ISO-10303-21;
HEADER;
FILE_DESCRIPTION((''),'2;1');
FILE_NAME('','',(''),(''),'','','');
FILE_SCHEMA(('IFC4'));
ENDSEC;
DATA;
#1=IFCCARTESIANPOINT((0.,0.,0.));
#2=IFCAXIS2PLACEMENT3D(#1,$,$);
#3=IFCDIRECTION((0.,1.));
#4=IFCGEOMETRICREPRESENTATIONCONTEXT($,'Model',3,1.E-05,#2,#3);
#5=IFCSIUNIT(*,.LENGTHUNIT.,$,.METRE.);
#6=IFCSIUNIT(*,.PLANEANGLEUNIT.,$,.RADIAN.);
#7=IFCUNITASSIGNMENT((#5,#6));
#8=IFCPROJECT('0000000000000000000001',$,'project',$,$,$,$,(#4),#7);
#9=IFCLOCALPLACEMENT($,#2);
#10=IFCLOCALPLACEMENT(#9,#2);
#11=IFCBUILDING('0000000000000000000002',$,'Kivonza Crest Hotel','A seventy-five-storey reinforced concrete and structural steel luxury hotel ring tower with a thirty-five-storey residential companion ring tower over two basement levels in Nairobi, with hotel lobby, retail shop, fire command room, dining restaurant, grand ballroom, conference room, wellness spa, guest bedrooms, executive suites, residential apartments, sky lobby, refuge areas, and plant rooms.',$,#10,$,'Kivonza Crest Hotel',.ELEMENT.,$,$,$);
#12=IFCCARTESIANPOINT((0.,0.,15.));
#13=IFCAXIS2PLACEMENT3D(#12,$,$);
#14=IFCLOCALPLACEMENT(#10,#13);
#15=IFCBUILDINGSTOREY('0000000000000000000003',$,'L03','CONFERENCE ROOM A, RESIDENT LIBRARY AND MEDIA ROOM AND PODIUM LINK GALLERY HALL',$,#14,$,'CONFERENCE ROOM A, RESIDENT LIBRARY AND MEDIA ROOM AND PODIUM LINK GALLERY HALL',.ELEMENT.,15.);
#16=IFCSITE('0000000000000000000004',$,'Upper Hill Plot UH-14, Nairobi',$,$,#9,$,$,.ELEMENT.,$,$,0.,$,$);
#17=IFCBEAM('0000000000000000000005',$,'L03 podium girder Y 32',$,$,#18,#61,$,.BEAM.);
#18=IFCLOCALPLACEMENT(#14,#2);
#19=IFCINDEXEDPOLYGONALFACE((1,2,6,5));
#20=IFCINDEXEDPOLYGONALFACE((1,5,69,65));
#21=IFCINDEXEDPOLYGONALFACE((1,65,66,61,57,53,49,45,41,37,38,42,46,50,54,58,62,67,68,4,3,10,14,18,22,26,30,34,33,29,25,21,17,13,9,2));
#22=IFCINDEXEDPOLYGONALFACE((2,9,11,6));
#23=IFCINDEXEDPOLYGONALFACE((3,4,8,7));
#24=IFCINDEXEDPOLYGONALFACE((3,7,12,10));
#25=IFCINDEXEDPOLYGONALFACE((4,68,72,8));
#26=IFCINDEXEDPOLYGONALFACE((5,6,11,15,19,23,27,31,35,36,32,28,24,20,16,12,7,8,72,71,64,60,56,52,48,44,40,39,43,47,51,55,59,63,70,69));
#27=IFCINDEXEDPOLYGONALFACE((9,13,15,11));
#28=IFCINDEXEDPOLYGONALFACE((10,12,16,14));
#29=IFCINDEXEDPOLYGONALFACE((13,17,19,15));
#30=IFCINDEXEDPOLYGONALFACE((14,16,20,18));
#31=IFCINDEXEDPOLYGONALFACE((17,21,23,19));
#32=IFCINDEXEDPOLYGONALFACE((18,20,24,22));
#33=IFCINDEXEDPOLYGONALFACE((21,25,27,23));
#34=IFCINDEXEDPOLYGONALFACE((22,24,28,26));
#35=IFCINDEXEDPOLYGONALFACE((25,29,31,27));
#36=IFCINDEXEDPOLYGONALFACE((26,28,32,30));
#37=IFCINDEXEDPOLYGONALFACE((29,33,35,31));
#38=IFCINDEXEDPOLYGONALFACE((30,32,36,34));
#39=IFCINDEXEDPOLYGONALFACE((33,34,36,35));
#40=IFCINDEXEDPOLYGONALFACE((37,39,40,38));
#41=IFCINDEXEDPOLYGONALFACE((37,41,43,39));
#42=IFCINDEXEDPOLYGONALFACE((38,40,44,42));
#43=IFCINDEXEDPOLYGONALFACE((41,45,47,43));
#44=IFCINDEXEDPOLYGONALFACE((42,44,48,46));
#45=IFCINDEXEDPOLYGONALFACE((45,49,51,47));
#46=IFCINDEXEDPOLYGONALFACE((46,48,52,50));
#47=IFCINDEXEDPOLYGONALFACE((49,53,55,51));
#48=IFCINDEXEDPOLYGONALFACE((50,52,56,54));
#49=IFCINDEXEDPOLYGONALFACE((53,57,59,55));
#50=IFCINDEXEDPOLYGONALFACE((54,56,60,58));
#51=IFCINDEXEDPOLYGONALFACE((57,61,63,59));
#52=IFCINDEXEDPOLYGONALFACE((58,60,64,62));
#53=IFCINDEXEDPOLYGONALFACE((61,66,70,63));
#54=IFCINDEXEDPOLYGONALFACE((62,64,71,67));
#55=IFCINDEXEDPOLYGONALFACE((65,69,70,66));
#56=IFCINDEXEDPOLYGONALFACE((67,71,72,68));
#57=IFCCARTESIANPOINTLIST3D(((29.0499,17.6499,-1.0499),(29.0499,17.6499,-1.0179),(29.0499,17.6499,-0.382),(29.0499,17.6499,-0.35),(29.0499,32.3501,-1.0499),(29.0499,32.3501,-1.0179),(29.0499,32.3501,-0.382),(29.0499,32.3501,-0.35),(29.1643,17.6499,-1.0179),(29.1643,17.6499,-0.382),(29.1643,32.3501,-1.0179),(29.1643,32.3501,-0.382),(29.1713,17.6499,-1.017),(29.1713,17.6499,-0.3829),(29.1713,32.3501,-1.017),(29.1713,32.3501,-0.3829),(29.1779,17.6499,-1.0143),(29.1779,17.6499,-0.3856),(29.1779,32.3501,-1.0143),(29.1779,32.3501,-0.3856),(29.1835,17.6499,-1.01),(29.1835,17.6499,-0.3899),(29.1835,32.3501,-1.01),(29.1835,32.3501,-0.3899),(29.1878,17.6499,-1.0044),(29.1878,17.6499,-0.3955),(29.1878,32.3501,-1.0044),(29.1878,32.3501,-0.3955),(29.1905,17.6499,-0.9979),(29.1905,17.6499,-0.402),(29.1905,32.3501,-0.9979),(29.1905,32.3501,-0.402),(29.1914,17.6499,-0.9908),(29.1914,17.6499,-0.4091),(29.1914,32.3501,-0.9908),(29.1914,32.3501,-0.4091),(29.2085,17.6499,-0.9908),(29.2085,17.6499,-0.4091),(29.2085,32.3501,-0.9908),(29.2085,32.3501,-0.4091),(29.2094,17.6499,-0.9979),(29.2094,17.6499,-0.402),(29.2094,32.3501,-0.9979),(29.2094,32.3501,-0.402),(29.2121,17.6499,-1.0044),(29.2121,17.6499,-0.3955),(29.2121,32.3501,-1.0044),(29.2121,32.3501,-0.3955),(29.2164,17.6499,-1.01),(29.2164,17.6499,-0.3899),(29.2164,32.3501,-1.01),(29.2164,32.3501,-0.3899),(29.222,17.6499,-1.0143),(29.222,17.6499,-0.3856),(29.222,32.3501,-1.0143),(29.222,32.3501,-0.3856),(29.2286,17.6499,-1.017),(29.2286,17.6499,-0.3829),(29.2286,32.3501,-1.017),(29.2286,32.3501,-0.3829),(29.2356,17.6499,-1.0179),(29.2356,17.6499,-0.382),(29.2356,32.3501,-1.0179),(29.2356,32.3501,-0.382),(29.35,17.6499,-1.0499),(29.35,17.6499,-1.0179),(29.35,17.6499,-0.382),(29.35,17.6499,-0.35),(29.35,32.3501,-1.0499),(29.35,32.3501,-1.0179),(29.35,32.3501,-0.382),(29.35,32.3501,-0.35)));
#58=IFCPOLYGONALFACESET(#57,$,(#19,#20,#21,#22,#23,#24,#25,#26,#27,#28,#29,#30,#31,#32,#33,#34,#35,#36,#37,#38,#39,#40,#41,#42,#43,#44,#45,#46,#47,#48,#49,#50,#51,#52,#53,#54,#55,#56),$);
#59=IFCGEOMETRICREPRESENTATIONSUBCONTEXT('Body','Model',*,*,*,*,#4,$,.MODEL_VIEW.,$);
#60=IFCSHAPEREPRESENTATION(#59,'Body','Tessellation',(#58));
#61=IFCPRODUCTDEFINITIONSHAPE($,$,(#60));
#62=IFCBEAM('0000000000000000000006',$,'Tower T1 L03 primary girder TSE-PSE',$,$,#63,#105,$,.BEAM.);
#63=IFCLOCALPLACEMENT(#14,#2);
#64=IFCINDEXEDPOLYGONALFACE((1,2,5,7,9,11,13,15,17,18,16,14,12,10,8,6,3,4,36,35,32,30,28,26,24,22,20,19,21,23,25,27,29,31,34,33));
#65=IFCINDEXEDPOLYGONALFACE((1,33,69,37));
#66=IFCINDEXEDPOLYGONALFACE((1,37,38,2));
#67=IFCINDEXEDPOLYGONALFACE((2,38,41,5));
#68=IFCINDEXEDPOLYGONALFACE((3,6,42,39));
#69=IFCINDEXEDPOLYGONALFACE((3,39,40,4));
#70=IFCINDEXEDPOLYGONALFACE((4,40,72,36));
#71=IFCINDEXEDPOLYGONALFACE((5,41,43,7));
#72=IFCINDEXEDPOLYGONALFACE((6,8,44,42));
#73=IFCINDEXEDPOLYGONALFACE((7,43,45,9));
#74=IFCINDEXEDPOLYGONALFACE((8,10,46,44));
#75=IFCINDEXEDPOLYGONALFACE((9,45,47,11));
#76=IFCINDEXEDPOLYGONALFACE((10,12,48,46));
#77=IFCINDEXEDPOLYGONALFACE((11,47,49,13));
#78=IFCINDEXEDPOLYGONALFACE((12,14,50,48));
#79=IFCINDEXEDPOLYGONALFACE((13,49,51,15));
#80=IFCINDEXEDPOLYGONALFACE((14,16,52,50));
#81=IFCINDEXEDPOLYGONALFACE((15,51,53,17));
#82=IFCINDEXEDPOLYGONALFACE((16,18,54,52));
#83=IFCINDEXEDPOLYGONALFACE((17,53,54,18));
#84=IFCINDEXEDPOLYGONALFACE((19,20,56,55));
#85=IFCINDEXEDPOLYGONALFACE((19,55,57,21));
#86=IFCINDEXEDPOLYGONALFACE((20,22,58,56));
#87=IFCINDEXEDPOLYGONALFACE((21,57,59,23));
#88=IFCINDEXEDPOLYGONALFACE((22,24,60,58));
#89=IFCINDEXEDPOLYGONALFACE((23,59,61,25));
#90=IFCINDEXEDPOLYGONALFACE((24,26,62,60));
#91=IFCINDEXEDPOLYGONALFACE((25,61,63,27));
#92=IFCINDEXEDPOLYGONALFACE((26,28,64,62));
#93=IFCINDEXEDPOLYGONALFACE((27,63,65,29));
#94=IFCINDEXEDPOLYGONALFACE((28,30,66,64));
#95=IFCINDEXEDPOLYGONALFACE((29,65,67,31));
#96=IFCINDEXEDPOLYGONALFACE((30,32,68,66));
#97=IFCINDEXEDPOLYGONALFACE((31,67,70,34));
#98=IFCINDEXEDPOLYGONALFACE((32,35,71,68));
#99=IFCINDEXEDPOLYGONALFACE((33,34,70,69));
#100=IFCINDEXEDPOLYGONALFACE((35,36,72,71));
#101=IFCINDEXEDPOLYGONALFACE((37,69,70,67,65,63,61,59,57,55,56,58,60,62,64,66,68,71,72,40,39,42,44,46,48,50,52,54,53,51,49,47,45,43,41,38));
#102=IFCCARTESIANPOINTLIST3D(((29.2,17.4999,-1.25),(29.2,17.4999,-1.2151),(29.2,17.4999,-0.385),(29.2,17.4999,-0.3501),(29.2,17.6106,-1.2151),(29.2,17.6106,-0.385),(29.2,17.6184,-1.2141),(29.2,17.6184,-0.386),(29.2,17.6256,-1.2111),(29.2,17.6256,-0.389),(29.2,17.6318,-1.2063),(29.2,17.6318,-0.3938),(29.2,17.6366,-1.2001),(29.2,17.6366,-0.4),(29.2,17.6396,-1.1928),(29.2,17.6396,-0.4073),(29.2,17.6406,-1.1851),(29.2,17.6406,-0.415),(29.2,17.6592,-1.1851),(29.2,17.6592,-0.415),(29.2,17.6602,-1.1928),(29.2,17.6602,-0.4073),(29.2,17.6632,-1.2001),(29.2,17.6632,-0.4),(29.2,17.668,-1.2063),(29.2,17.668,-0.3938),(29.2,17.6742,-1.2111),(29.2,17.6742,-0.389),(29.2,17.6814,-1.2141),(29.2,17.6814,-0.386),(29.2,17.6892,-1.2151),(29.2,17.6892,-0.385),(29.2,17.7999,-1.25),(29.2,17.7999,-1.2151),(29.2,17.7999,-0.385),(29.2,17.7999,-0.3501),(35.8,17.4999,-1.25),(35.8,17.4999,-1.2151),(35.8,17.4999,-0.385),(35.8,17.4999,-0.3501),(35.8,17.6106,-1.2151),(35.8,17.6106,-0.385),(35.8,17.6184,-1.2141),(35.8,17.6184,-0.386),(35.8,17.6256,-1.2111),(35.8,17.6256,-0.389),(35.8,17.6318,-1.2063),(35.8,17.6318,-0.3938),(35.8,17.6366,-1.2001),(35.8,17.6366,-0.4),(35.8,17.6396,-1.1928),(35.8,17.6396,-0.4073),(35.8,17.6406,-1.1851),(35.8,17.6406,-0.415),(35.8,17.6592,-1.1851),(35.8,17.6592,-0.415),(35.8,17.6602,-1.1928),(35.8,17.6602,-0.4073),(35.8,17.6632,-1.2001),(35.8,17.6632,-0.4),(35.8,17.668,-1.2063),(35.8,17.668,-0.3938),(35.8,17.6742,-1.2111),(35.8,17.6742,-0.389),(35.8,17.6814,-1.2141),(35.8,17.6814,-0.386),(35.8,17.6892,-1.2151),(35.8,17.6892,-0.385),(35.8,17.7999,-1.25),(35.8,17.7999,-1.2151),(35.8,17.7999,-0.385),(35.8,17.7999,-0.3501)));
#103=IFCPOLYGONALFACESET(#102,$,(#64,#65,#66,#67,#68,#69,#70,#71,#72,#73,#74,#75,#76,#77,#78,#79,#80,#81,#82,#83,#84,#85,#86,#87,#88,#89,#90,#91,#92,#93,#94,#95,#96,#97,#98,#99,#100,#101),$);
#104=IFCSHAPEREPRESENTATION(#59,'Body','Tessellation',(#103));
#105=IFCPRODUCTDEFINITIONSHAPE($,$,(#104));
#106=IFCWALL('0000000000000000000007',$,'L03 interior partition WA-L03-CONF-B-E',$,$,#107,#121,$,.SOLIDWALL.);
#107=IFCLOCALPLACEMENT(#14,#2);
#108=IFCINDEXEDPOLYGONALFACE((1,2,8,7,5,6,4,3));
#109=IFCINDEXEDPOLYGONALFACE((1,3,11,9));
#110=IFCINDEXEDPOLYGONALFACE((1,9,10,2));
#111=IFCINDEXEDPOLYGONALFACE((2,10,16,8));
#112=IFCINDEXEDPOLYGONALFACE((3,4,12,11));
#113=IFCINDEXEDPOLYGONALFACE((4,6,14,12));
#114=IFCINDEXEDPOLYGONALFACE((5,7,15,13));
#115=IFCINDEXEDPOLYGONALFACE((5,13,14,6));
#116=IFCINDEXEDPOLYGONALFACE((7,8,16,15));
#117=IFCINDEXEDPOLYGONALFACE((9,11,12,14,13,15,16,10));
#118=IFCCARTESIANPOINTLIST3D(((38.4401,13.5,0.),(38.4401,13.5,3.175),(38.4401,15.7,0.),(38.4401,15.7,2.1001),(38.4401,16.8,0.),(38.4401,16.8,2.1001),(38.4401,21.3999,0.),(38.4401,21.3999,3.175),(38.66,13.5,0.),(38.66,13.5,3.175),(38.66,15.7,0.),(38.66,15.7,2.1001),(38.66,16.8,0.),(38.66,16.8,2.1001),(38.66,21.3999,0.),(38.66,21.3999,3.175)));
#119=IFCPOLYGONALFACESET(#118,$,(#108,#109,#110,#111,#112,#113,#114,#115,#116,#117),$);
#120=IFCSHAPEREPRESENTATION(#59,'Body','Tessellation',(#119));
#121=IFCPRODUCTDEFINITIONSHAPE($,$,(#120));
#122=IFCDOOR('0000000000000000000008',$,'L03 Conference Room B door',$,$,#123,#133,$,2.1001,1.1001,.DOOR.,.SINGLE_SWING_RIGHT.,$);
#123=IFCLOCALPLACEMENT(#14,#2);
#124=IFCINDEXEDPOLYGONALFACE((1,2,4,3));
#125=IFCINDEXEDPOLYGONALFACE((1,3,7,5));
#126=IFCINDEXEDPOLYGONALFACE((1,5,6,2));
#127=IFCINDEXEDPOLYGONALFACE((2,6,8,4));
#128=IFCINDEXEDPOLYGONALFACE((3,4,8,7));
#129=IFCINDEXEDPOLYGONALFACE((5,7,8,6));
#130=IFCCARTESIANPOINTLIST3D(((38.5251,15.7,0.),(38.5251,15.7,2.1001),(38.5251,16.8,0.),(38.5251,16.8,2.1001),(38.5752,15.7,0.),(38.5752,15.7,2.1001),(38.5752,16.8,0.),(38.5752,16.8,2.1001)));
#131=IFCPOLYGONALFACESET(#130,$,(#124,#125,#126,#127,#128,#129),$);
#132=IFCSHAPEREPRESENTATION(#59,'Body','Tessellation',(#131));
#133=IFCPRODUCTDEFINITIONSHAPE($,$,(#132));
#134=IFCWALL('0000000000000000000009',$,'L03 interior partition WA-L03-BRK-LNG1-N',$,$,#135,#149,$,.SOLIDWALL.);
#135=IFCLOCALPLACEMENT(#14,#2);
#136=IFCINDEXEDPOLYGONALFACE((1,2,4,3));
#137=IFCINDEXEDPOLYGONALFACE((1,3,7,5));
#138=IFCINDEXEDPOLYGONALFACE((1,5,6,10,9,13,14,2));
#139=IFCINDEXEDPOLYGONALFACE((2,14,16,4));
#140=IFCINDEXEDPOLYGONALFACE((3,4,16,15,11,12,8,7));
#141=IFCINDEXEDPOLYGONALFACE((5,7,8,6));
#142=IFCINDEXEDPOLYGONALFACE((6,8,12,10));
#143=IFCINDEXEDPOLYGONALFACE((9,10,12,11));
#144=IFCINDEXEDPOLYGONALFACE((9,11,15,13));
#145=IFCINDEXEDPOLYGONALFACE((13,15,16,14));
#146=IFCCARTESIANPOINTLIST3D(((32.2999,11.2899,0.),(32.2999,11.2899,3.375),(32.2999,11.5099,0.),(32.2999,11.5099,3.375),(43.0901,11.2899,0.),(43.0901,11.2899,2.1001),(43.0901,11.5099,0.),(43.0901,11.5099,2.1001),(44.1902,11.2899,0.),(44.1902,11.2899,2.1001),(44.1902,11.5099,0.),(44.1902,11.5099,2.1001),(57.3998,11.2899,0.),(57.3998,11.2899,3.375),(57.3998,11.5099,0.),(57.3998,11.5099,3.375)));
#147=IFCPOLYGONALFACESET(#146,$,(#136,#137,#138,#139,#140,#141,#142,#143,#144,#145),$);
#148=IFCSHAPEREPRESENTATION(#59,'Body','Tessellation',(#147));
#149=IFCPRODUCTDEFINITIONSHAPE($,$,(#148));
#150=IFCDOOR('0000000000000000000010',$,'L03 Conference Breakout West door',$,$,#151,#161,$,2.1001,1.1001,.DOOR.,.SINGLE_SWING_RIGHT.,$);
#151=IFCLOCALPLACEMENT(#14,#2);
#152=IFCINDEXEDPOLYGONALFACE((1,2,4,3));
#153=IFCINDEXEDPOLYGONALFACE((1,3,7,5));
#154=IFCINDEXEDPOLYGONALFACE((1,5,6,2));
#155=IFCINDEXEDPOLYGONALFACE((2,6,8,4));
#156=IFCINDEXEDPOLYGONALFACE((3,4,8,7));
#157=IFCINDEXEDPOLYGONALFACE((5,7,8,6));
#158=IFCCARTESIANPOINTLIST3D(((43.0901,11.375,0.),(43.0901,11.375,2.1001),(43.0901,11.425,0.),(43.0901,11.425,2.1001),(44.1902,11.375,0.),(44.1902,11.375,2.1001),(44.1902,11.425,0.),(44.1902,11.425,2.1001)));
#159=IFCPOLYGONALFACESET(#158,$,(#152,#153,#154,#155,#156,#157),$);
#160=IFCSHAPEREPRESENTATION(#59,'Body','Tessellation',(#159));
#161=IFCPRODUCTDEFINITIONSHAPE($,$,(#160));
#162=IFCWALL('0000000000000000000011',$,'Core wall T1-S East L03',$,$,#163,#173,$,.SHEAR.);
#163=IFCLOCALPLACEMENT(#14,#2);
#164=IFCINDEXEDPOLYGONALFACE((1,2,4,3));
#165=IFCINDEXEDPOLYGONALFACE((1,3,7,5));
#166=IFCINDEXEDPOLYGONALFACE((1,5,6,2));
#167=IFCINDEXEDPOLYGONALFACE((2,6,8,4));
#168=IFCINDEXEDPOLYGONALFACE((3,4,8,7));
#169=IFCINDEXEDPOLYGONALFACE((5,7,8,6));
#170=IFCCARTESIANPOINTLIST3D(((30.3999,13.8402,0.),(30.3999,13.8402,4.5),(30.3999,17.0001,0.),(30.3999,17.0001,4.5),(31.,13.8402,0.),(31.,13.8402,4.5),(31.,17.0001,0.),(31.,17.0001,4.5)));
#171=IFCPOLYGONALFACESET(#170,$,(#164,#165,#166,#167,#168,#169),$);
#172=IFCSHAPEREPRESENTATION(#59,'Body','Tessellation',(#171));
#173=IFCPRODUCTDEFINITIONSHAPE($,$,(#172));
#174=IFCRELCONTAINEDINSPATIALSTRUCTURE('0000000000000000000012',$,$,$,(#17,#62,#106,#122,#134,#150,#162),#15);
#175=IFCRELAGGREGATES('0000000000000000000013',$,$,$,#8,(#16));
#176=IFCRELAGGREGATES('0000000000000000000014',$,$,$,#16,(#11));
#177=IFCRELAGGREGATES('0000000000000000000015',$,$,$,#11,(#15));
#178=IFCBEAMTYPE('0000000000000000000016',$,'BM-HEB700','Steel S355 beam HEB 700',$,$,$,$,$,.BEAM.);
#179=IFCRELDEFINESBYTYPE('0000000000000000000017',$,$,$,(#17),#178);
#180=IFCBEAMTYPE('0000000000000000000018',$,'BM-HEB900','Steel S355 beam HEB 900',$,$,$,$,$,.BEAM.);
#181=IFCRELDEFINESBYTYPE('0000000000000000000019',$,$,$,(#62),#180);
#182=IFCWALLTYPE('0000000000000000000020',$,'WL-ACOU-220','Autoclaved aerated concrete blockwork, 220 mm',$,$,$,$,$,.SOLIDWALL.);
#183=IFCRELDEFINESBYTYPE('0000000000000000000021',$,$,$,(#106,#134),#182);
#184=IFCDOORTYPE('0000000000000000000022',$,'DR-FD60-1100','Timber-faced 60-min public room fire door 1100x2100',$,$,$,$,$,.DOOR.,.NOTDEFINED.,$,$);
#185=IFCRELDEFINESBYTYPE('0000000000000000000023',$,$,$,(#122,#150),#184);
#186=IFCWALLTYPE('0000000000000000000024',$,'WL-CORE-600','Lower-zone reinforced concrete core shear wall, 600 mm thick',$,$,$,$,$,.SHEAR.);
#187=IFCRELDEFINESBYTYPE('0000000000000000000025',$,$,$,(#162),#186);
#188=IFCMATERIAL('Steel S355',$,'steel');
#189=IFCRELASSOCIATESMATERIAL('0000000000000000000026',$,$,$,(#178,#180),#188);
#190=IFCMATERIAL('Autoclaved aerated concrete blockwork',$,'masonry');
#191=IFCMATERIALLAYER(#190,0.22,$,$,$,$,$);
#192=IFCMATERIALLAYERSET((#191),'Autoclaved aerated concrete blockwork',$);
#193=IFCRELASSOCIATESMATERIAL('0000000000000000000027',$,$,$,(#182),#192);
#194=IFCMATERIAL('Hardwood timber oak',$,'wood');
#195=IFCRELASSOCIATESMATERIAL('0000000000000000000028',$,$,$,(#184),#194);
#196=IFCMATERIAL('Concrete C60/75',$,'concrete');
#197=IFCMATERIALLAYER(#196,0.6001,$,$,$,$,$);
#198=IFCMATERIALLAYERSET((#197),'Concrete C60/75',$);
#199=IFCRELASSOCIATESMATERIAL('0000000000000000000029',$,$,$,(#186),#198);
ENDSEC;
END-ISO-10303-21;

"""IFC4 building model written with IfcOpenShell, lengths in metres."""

from ifc_helpers import new_model, si_unit, direction, frame, frame_2d, origin, origin_2d, place, context, subcontext, project, spatial, rectangle, i_section, extrude, material, layer, layer_set, material_profile, profile_set, type_object, element, fill, save


model = new_model("IFC4")

# Units and contexts
model_context = context("Model", 3, precision=1e-05, world=origin(), true_north=direction((0.0, 1.0)))
body_context = subcontext(model_context, "Body", "Model", "MODEL_VIEW")
ifc_project = project(units=[si_unit("LENGTHUNIT", "METRE"), si_unit("PLANEANGLEUNIT", "RADIAN")], contexts=[model_context])

# Site, building, storey
site_placement = place(None, origin())
site = spatial("IfcSite", under=ifc_project, at=site_placement, Name="Upper Hill Plot UH-14, Nairobi", CompositionType="ELEMENT", RefElevation=0.0)
building_placement = place(site_placement, origin())
building = spatial("IfcBuilding", under=site, at=building_placement, Name="Kivonza Crest Hotel", Description="A seventy-five-storey reinforced concrete and structural steel luxury hotel ring tower with a thirty-five-storey residential companion ring tower over two basement levels in Nairobi, with hotel lobby, retail shop, fire command room, dining restaurant, grand ballroom, conference room, wellness spa, guest bedrooms, executive suites, residential apartments, sky lobby, refuge areas, and plant rooms.", LongName="Kivonza Crest Hotel", CompositionType="ELEMENT")
storey_placement = place(building_placement, frame((0.0, 0.0, 15.0)))
storey = spatial("IfcBuildingStorey", under=building, at=storey_placement, Name="L03", Description="CONFERENCE ROOM A, RESIDENT LIBRARY AND MEDIA ROOM AND PODIUM LINK GALLERY HALL", LongName="CONFERENCE ROOM A, RESIDENT LIBRARY AND MEDIA ROOM AND PODIUM LINK GALLERY HALL", CompositionType="ELEMENT", Elevation=15.0)

# Shared definitions
ifc_material_1 = material(Name="Concrete C60/75", Category="concrete")

# Beams
ifc_material_2 = material(Name="Steel S355", Category="steel")
ifc_material_profile_1 = material_profile(ifc_material_2, i_section(OverallWidth=0.3, OverallDepth=0.7, WebThickness=0.0171, FlangeThickness=0.032, FilletRadius=0.0271, at=origin_2d()), Name="HEB 700")
ifc_profile_set_1 = profile_set([ifc_material_profile_1], Name="Steel S355")
beam_type_1 = type_object("IfcBeamType", Name="BM-HEB700", Description="Steel S355 beam HEB 700", PredefinedType="BEAM", material=ifc_profile_set_1)
beam_1_placement = place(storey_placement, frame((29.2, 17.6499, -0.7), z_axis=(0.0, 1.0, 0.0), x_axis=(-1.0, 0.0, 0.0)))
element("IfcBeam", 1, at=beam_1_placement, inside=storey, type_object=beam_type_1, Name="L03 podium girder Y 32", PredefinedType="BEAM", context=body_context, shape_type="SweptSolid", body=[
    extrude(i_section(OverallWidth=0.3, OverallDepth=0.7, WebThickness=0.0171, FlangeThickness=0.032, FilletRadius=0.0271, at=origin_2d()), origin(), (0.0, 0.0, 1.0), 14.7002),
])
ifc_material_profile_2 = material_profile(ifc_material_2, i_section(OverallWidth=0.3, OverallDepth=0.8999, WebThickness=0.0186, FlangeThickness=0.0349, FilletRadius=0.03, at=origin_2d()), Name="HEB 900")
ifc_profile_set_2 = profile_set([ifc_material_profile_2], Name="Steel S355")
beam_type_2 = type_object("IfcBeamType", Name="BM-HEB900", Description="Steel S355 beam HEB 900", PredefinedType="BEAM", material=ifc_profile_set_2)
beam_2_placement = place(storey_placement, frame((29.2, 17.6499, -0.8), z_axis=(1.0, 0.0, 0.0), x_axis=(0.0, 1.0, 0.0)))
element("IfcBeam", 2, at=beam_2_placement, inside=storey, type_object=beam_type_2, Name="Tower T1 L03 primary girder TSE-PSE", PredefinedType="BEAM", context=body_context, shape_type="SweptSolid", body=[
    extrude(i_section(OverallWidth=0.3, OverallDepth=0.8999, WebThickness=0.0186, FlangeThickness=0.0349, FilletRadius=0.03, at=origin_2d()), origin(), (0.0, 0.0, 1.0), 6.6001),
])

# Walls, openings, doors
ifc_material_3 = material(Name="Autoclaved aerated concrete blockwork", Category="masonry")
ifc_layer_1 = layer(ifc_material_3, 0.22)
ifc_layer_set_1 = layer_set([ifc_layer_1], Name="Autoclaved aerated concrete blockwork")
wall_type_1 = type_object("IfcWallType", Name="WL-ACOU-220", Description="Autoclaved aerated concrete blockwork, 220 mm", PredefinedType="SOLIDWALL", material=ifc_layer_set_1)
wall_1_placement = place(storey_placement, frame((38.55, 13.5, 0.0), z_axis=(0.0, 0.0, 1.0), x_axis=(0.0, 1.0, 0.0)))
wall_1 = element("IfcWall", 3, at=wall_1_placement, inside=storey, type_object=wall_type_1, Name="L03 interior partition WA-L03-CONF-B-E", PredefinedType="SOLIDWALL", context=body_context, shape_type="SweptSolid", body=[
    extrude(rectangle(XDim=7.8999, YDim=0.22, at=frame_2d((3.95, 0.0))), origin(), (0.0, 0.0, 1.0), 3.175),
])
opening_1_placement = place(wall_1_placement, frame((2.2, 0.0, 0.0)))
opening_1 = element("IfcOpeningElement", 4, at=opening_1_placement, cuts=wall_1, PredefinedType="OPENING", context=body_context, shape_type="SweptSolid", body=[
    extrude(rectangle(XDim=1.1001, YDim=2.1001, at=frame_2d((0.55, 1.05))), frame((0.0, 0.1201, 0.0), z_axis=(0.0, -1.0, 0.0), x_axis=(1.0, 0.0, 0.0)), (0.0, 0.0, 1.0), 0.24),
])
ifc_material_4 = material(Name="Hardwood timber oak", Category="wood")
door_type = type_object("IfcDoorType", Name="DR-FD60-1100", Description="Timber-faced 60-min public room fire door 1100x2100", OperationType="NOTDEFINED", PredefinedType="DOOR", material=ifc_material_4)
door_1_placement = place(opening_1_placement, origin())
door_1 = element("IfcDoor", 5, at=door_1_placement, inside=storey, type_object=door_type, Name="L03 Conference Room B door", OperationType="SINGLE_SWING_RIGHT", OverallHeight=2.1001, OverallWidth=1.1001, PredefinedType="DOOR", context=body_context, shape_type="SweptSolid", body=[
    extrude(rectangle(XDim=1.1001, YDim=2.1001, at=frame_2d((0.55, 1.05))), frame((0.0, 0.0249, 0.0), z_axis=(0.0, -1.0, 0.0), x_axis=(1.0, 0.0, 0.0)), (0.0, 0.0, 1.0), 0.05),
])
fill(opening_1, door_1)
wall_2_placement = place(storey_placement, frame((32.3, 11.3999, 0.0), z_axis=(0.0, 0.0, 1.0), x_axis=(1.0, 0.0, 0.0)))
wall_2 = element("IfcWall", 6, at=wall_2_placement, inside=storey, type_object=wall_type_1, Name="L03 interior partition WA-L03-BRK-LNG1-N", PredefinedType="SOLIDWALL", context=body_context, shape_type="SweptSolid", body=[
    extrude(rectangle(XDim=25.0999, YDim=0.22, at=frame_2d((12.5498, 0.0))), origin(), (0.0, 0.0, 1.0), 3.375),
])
opening_2_placement = place(wall_2_placement, frame((10.79, 0.0, 0.0)))
opening_2 = element("IfcOpeningElement", 7, at=opening_2_placement, cuts=wall_2, PredefinedType="OPENING", context=body_context, shape_type="SweptSolid", body=[
    extrude(rectangle(XDim=1.1001, YDim=2.1001, at=frame_2d((0.55, 1.05))), frame((0.0, 0.1201, 0.0), z_axis=(0.0, -1.0, 0.0), x_axis=(1.0, 0.0, 0.0)), (0.0, 0.0, 1.0), 0.24),
])
door_2_placement = place(opening_2_placement, frame((1.1001, 0.0, 0.0), z_axis=(0.0, 0.0, 1.0), x_axis=(-1.0, 0.0, 0.0)))
door_2 = element("IfcDoor", 8, at=door_2_placement, inside=storey, type_object=door_type, Name="L03 Conference Breakout West door", OperationType="SINGLE_SWING_RIGHT", OverallHeight=2.1001, OverallWidth=1.1001, PredefinedType="DOOR", context=body_context, shape_type="SweptSolid", body=[
    extrude(rectangle(XDim=1.1001, YDim=2.1001, at=frame_2d((0.55, 1.05))), frame((0.0, 0.0249, 0.0), z_axis=(0.0, -1.0, 0.0), x_axis=(1.0, 0.0, 0.0)), (0.0, 0.0, 1.0), 0.05),
])
fill(opening_2, door_2)

# Wall
ifc_layer_2 = layer(ifc_material_1, 0.6001)
ifc_layer_set_2 = layer_set([ifc_layer_2], Name="Concrete C60/75")
wall_type_2 = type_object("IfcWallType", Name="WL-CORE-600", Description="Lower-zone reinforced concrete core shear wall, 600 mm thick", PredefinedType="SHEAR", material=ifc_layer_set_2)
wall_3_placement = place(storey_placement, frame((30.7, 13.8401, 0.0), z_axis=(0.0, 0.0, 1.0), x_axis=(0.0, 1.0, 0.0)))
element("IfcWall", 9, at=wall_3_placement, inside=storey, type_object=wall_type_2, Name="Core wall T1-S East L03", PredefinedType="SHEAR", context=body_context, shape_type="SweptSolid", body=[
    extrude(rectangle(XDim=3.1599, YDim=0.6001, at=frame_2d((1.5801, 0.0))), origin(), (0.0, 0.0, 1.0), 4.5),
])

save(model, "model.ifc")
